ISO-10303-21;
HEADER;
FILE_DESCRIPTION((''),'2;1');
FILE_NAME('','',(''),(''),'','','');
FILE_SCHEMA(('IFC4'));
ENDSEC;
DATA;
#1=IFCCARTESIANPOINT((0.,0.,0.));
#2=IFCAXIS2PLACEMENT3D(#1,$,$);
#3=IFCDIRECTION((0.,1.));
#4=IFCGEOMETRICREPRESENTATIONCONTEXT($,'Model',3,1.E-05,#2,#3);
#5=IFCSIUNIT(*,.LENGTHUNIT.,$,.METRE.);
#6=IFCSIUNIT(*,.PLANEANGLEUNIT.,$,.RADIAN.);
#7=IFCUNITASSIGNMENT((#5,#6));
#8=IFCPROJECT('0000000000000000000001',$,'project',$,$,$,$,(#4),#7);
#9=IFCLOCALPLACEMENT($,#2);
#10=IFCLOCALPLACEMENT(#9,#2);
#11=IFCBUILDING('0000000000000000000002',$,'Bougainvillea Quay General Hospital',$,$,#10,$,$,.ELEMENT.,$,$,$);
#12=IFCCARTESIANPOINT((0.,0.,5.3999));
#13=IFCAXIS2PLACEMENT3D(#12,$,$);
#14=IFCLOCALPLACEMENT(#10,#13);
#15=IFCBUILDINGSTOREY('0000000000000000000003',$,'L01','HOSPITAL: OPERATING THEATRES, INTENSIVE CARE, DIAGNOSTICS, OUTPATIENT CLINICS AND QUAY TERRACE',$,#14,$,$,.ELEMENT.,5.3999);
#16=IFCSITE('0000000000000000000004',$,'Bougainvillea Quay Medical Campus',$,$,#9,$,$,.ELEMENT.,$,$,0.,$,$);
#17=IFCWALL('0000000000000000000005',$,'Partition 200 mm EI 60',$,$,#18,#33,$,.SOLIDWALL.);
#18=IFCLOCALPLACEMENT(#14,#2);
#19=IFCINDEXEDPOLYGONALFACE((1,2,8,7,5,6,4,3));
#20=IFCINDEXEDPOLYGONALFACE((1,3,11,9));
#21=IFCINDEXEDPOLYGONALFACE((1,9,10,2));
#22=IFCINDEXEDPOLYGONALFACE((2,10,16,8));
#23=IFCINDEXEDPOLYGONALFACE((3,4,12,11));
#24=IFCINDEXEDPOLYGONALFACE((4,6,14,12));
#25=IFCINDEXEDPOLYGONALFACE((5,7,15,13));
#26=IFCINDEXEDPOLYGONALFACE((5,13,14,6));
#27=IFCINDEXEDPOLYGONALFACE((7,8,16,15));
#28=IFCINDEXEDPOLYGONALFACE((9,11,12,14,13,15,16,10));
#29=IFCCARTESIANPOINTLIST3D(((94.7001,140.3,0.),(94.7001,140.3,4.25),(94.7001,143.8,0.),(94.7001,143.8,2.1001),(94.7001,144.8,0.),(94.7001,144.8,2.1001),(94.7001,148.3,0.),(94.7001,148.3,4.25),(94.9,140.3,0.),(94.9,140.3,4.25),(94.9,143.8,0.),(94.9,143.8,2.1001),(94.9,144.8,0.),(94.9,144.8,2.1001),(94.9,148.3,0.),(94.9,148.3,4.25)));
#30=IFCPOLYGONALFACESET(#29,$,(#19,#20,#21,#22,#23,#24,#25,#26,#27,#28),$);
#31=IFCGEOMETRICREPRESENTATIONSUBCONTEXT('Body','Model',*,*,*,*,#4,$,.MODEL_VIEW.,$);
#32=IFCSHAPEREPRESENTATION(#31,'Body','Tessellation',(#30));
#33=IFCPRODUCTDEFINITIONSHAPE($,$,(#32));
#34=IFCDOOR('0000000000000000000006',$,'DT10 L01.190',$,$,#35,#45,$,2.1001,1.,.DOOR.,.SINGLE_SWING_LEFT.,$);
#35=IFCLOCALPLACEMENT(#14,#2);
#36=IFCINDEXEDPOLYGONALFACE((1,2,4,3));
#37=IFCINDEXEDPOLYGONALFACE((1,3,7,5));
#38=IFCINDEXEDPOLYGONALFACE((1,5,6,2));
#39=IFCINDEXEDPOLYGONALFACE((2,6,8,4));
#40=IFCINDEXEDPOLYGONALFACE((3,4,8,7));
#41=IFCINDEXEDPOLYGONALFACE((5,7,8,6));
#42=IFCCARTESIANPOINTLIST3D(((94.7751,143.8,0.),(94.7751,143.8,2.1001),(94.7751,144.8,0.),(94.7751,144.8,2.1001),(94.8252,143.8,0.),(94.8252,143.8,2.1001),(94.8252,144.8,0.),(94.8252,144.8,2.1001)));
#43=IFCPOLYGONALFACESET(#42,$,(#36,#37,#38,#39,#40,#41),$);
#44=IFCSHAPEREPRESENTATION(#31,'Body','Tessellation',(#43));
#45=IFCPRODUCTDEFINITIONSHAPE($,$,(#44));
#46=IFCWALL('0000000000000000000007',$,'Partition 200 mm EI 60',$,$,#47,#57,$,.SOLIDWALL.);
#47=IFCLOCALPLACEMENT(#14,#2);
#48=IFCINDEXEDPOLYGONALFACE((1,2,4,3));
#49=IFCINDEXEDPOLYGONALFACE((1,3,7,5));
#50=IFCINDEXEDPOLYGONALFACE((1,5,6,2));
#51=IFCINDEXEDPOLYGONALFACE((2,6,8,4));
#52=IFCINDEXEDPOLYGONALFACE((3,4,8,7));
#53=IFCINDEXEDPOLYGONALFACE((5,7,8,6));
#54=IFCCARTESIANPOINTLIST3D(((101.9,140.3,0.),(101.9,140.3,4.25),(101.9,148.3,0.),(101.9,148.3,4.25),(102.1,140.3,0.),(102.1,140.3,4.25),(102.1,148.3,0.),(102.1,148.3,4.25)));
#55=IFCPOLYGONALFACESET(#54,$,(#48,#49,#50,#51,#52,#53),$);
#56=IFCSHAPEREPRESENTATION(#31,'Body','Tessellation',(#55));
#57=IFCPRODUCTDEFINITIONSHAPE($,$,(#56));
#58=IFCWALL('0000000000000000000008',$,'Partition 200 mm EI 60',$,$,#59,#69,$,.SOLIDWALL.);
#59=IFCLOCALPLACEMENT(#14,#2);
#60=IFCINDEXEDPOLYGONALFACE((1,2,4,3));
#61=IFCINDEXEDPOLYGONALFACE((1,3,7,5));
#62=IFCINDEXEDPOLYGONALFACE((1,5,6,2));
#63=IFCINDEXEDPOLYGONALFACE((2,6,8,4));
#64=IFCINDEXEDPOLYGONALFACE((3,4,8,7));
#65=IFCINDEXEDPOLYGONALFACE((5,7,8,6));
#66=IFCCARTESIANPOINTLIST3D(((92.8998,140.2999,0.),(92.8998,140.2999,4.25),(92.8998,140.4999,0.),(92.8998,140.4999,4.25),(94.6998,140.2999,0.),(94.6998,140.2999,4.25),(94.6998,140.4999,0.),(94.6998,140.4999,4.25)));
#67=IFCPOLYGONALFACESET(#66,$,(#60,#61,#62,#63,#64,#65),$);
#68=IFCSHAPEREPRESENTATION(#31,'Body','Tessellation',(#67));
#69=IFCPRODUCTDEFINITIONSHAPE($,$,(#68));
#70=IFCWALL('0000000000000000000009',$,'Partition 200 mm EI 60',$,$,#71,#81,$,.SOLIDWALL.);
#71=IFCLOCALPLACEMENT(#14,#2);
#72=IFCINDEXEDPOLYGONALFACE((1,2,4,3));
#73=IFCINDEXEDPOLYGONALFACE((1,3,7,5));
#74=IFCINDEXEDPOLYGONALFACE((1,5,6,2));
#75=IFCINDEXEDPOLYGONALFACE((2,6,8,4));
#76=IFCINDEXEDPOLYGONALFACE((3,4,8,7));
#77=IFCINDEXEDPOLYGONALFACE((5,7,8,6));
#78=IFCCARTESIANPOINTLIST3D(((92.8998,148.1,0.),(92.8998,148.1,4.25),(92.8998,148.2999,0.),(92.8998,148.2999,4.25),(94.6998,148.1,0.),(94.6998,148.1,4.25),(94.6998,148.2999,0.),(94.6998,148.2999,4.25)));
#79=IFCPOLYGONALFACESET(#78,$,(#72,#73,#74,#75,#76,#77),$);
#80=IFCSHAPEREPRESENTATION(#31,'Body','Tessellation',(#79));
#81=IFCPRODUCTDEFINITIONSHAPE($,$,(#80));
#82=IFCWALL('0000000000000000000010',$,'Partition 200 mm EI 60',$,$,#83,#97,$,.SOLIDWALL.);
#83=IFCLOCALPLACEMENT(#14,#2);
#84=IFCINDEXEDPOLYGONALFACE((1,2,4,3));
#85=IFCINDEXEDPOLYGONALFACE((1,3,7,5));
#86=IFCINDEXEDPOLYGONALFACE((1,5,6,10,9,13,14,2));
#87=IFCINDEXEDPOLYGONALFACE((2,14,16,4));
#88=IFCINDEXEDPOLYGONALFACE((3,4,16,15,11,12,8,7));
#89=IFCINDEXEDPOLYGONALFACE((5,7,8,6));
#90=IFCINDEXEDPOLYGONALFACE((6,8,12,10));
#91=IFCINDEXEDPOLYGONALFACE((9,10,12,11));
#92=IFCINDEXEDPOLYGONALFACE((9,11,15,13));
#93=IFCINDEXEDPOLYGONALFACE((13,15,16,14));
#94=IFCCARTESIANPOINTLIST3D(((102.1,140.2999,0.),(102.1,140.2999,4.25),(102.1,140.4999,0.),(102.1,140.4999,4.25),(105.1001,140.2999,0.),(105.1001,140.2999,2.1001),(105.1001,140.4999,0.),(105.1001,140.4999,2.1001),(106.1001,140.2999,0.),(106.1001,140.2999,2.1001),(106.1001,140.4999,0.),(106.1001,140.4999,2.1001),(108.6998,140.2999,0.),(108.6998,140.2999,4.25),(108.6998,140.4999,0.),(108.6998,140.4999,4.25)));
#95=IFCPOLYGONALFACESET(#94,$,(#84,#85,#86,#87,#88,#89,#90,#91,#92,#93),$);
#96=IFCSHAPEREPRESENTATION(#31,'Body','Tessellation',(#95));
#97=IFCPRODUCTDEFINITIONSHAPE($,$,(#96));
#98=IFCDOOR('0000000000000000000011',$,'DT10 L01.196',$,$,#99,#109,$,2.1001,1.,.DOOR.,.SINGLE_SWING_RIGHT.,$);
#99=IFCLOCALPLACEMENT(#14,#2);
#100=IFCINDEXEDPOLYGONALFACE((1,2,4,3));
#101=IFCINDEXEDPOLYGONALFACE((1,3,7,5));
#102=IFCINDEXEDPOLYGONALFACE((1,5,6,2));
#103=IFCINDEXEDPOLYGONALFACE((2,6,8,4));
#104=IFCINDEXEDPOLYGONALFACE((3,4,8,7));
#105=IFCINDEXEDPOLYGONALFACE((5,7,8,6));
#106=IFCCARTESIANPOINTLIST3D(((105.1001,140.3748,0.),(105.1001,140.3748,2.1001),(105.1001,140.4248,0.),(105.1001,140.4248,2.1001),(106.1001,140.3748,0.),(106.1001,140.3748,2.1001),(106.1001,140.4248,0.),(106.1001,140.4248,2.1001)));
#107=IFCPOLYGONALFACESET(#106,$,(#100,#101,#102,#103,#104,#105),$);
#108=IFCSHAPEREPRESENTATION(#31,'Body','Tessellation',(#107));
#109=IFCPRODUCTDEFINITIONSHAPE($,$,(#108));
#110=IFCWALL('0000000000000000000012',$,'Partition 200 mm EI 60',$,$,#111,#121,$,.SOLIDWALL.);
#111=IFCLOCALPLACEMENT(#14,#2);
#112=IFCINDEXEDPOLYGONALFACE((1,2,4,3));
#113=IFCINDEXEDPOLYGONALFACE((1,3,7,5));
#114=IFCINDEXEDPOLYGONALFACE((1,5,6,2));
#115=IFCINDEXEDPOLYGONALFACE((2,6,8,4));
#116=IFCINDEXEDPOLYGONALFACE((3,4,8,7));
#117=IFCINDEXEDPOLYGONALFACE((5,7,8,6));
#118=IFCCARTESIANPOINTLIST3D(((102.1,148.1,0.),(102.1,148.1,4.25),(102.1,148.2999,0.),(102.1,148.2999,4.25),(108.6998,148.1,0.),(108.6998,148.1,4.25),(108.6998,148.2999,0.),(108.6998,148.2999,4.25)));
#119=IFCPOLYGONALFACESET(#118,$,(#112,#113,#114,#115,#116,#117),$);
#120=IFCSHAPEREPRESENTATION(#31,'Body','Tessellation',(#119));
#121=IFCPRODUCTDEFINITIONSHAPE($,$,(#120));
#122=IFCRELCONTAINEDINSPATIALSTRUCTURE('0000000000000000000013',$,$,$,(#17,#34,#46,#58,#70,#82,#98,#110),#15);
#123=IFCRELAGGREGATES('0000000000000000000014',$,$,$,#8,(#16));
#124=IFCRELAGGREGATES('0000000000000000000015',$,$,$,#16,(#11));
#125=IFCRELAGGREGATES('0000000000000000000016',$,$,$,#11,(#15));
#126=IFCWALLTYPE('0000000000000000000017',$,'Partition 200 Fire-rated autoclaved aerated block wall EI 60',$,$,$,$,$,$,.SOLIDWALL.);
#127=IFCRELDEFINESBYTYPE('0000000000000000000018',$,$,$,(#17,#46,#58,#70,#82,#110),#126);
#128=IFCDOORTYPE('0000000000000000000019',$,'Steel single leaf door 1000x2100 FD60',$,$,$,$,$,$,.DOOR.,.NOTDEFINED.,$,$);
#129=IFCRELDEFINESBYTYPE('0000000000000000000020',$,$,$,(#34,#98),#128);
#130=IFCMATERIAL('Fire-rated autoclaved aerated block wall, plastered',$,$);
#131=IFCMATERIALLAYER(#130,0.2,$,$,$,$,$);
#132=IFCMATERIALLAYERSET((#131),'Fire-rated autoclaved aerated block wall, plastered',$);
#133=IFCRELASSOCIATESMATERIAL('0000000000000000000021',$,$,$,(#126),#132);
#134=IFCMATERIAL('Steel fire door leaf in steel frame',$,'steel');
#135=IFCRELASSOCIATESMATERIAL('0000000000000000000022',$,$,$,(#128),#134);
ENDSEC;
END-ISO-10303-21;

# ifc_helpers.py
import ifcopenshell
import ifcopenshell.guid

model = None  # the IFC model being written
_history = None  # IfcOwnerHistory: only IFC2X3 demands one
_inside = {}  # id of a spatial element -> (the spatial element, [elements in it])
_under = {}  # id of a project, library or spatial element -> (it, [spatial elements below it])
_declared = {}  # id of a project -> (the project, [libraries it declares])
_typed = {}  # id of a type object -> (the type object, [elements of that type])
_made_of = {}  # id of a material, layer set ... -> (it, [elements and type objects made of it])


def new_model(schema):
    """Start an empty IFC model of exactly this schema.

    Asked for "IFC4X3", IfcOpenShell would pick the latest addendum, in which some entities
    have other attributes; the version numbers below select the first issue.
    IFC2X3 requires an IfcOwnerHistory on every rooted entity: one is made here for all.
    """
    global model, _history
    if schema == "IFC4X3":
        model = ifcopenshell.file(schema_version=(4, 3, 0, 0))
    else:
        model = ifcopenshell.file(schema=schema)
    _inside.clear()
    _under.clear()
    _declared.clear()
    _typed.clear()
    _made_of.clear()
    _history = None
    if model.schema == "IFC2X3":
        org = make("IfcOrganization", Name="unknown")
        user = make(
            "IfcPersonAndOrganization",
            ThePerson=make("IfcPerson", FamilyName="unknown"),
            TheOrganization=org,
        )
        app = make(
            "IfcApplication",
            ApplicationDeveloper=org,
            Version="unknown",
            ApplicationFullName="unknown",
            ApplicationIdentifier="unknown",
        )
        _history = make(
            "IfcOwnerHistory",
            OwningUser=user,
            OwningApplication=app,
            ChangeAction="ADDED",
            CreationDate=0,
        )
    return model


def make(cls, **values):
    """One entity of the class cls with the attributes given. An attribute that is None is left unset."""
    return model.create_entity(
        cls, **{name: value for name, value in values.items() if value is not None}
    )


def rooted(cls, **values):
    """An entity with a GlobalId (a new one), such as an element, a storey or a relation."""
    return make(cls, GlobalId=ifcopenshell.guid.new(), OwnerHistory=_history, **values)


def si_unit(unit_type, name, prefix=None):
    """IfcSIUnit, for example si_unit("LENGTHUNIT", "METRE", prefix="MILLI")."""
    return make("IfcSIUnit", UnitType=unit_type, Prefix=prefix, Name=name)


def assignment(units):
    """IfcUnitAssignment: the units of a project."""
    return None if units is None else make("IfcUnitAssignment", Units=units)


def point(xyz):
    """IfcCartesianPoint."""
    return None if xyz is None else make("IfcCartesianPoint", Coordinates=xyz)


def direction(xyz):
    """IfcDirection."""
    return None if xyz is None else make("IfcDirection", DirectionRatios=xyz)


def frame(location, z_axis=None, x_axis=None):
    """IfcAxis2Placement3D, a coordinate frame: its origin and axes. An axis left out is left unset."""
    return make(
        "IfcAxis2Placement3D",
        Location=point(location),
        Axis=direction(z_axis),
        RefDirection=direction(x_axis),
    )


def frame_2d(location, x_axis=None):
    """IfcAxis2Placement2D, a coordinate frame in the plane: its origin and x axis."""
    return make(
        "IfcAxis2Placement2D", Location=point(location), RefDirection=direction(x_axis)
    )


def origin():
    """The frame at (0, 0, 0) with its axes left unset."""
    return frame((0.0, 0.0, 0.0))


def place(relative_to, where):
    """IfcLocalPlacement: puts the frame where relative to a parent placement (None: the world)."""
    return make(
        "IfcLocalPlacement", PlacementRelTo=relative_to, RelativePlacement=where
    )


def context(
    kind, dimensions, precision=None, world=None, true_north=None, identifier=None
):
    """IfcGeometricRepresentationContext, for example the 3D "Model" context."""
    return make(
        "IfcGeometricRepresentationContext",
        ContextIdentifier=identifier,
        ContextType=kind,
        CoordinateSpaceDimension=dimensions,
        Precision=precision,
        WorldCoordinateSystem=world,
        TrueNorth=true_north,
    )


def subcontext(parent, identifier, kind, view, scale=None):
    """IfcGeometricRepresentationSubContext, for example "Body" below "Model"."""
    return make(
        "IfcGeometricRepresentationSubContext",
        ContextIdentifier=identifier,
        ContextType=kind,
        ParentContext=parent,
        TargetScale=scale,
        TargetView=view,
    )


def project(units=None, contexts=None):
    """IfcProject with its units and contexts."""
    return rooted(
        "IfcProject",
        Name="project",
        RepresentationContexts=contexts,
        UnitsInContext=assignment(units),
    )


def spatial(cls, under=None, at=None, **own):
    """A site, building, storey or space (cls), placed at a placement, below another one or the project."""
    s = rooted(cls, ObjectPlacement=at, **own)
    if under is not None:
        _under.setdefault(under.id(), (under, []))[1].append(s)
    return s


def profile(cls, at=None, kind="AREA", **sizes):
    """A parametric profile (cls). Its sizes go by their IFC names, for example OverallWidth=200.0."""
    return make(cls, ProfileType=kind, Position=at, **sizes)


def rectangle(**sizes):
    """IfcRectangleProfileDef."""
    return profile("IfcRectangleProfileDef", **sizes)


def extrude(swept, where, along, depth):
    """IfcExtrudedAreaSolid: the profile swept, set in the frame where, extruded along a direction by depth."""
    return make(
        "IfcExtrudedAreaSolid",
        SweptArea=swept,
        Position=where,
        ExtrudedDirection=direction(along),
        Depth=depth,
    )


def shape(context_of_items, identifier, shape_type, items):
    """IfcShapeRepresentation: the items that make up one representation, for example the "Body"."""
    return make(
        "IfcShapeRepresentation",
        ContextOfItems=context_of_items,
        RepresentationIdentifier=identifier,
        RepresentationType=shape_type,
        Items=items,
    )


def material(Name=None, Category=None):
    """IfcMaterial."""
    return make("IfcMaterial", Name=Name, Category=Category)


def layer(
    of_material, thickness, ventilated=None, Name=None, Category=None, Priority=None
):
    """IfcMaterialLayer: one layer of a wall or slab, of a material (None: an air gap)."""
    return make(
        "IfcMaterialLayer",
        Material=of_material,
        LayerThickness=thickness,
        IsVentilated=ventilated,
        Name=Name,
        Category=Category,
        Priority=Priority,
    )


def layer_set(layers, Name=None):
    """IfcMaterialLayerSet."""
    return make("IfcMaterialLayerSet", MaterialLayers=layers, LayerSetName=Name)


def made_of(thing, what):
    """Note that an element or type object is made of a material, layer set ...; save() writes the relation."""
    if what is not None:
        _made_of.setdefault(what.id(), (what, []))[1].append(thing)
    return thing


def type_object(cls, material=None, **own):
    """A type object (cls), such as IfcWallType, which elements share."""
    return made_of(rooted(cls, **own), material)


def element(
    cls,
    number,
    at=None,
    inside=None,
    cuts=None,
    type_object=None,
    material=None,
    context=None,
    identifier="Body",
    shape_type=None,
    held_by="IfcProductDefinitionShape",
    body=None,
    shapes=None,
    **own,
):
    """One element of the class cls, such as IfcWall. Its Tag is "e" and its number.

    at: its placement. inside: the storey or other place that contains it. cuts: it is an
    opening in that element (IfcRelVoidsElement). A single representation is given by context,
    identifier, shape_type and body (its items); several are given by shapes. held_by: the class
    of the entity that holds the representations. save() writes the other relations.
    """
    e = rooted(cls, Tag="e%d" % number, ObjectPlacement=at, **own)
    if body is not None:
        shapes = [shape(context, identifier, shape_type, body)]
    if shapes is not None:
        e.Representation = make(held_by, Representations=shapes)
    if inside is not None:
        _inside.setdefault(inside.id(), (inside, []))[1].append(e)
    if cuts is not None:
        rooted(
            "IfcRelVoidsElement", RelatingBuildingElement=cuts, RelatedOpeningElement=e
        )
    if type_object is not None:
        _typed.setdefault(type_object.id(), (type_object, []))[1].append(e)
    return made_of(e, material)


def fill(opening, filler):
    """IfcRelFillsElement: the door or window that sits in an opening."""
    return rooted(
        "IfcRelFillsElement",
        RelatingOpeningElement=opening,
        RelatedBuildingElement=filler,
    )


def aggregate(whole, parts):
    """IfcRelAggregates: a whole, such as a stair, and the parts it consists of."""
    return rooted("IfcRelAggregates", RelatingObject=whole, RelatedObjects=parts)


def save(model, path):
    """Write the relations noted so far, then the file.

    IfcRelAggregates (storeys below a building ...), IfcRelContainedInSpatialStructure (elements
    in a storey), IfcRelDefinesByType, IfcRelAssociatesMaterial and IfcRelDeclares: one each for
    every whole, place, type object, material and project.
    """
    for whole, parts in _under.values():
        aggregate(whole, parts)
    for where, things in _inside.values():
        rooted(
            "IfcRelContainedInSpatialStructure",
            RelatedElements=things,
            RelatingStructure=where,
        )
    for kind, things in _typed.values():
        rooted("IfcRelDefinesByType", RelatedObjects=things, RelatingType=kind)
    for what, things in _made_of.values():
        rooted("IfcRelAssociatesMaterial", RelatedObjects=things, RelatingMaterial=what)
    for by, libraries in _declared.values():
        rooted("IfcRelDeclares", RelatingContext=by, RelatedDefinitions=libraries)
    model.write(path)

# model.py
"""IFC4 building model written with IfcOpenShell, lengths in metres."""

from ifc_helpers import new_model, si_unit, direction, frame, frame_2d, origin, place, context, subcontext, project, spatial, rectangle, extrude, material, layer, layer_set, type_object, element, fill, save


model = new_model("IFC4")

# Units and contexts
model_context = context("Model", 3, precision=1e-05, world=origin(), true_north=direction((0.0, 1.0)))
body_context = subcontext(model_context, "Body", "Model", "MODEL_VIEW")
ifc_project = project(units=[si_unit("LENGTHUNIT", "METRE"), si_unit("PLANEANGLEUNIT", "RADIAN")], contexts=[model_context])

# Site, building, storey
site_placement = place(None, origin())
site = spatial("IfcSite", under=ifc_project, at=site_placement, Name="Bougainvillea Quay Medical Campus", CompositionType="ELEMENT", RefElevation=0.0)
building_placement = place(site_placement, origin())
building = spatial("IfcBuilding", under=site, at=building_placement, Name="Bougainvillea Quay General Hospital", CompositionType="ELEMENT")
storey_placement = place(building_placement, frame((0.0, 0.0, 5.3999)))
storey = spatial("IfcBuildingStorey", under=building, at=storey_placement, Name="L01", Description="HOSPITAL: OPERATING THEATRES, INTENSIVE CARE, DIAGNOSTICS, OUTPATIENT CLINICS AND QUAY TERRACE", CompositionType="ELEMENT", Elevation=5.3999)

# Wall, opening, door
ifc_material_1 = material(Name="Fire-rated autoclaved aerated block wall, plastered")
ifc_layer_1 = layer(ifc_material_1, 0.2)
ifc_layer_set_1 = layer_set([ifc_layer_1], Name="Fire-rated autoclaved aerated block wall, plastered")
wall_type_1 = type_object("IfcWallType", Name="Partition 200 Fire-rated autoclaved aerated block wall EI 60", PredefinedType="SOLIDWALL", material=ifc_layer_set_1)
wall_1_placement = place(storey_placement, frame((94.8, 140.3, 0.0), z_axis=(0.0, 0.0, 1.0), x_axis=(0.0, 1.0, 0.0)))
wall_1 = element("IfcWall", 1, at=wall_1_placement, inside=storey, type_object=wall_type_1, Name="Partition 200 mm EI 60", PredefinedType="SOLIDWALL", context=body_context, shape_type="SweptSolid", body=[
    extrude(rectangle(XDim=8.0, YDim=0.2, at=frame_2d((4.0, 0.0))), origin(), (0.0, 0.0, 1.0), 4.25),
])
opening_1_placement = place(wall_1_placement, frame((3.5, 0.0, 0.0)))
opening_1 = element("IfcOpeningElement", 2, at=opening_1_placement, cuts=wall_1, PredefinedType="OPENING", context=body_context, shape_type="SweptSolid", body=[
    extrude(rectangle(XDim=1.0, YDim=2.1001, at=frame_2d((0.5, 1.05))), frame((0.0, 0.1099, 0.0), z_axis=(0.0, -1.0, 0.0), x_axis=(1.0, 0.0, 0.0)), (0.0, 0.0, 1.0), 0.22),
])
ifc_material_2 = material(Name="Steel fire door leaf in steel frame", Category="steel")
door_type_1 = type_object("IfcDoorType", Name="Steel single leaf door 1000x2100 FD60", OperationType="NOTDEFINED", PredefinedType="DOOR", material=ifc_material_2)
door_1_placement = place(opening_1_placement, origin())
door_1 = element("IfcDoor", 3, at=door_1_placement, inside=storey, type_object=door_type_1, Name="DT10 L01.190", OperationType="SINGLE_SWING_LEFT", OverallHeight=2.1001, OverallWidth=1.0, PredefinedType="DOOR", context=body_context, shape_type="SweptSolid", body=[
    extrude(rectangle(XDim=1.0, YDim=2.1001, at=frame_2d((0.5, 1.05))), frame((0.0, 0.0249, 0.0), z_axis=(0.0, -1.0, 0.0), x_axis=(1.0, 0.0, 0.0)), (0.0, 0.0, 1.0), 0.05),
])
fill(opening_1, door_1)

# Walls
wall_2_placement = place(storey_placement, frame((102.0, 140.3, 0.0), z_axis=(0.0, 0.0, 1.0), x_axis=(0.0, 1.0, 0.0)))
element("IfcWall", 4, at=wall_2_placement, inside=storey, type_object=wall_type_1, Name="Partition 200 mm EI 60", PredefinedType="SOLIDWALL", context=body_context, shape_type="SweptSolid", body=[
    extrude(rectangle(XDim=8.0, YDim=0.2, at=frame_2d((4.0, 0.0))), origin(), (0.0, 0.0, 1.0), 4.25),
])
for number, where, z_axis, x_axis, name in (
    (5, (92.8999, 140.3999, 0.0), (0.0, 0.0, 1.0), (1.0, 0.0, 0.0), "Partition 200 mm EI 60"),
    (6, (92.8999, 148.2, 0.0), (0.0, 0.0, 1.0), (1.0, 0.0, 0.0), "Partition 200 mm EI 60"),
):
    element("IfcWall", number, at=place(storey_placement, frame(where, z_axis=z_axis, x_axis=x_axis)), inside=storey, type_object=wall_type_1, Name=name, PredefinedType="SOLIDWALL", context=body_context, shape_type="SweptSolid", body=[
        extrude(rectangle(XDim=1.8, YDim=0.2, at=frame_2d((0.8999, 0.0))), origin(), (0.0, 0.0, 1.0), 4.25),
    ])

# Wall, opening, door
wall_3_placement = place(storey_placement, frame((102.1001, 140.3999, 0.0), z_axis=(0.0, 0.0, 1.0), x_axis=(1.0, 0.0, 0.0)))
wall_3 = element("IfcWall", 7, at=wall_3_placement, inside=storey, type_object=wall_type_1, Name="Partition 200 mm EI 60", PredefinedType="SOLIDWALL", context=body_context, shape_type="SweptSolid", body=[
    extrude(rectangle(XDim=6.5999, YDim=0.2, at=frame_2d((3.2998, 0.0))), origin(), (0.0, 0.0, 1.0), 4.25),
])
opening_2_placement = place(wall_3_placement, frame((3.0, 0.0, 0.0)))
opening_2 = element("IfcOpeningElement", 8, at=opening_2_placement, cuts=wall_3, PredefinedType="OPENING", context=body_context, shape_type="SweptSolid", body=[
    extrude(rectangle(XDim=1.0, YDim=2.1001, at=frame_2d((0.5, 1.05))), frame((0.0, 0.1099, 0.0), z_axis=(0.0, -1.0, 0.0), x_axis=(1.0, 0.0, 0.0)), (0.0, 0.0, 1.0), 0.22),
])
door_2_placement = place(opening_2_placement, origin())
door_2 = element("IfcDoor", 9, at=door_2_placement, inside=storey, type_object=door_type_1, Name="DT10 L01.196", OperationType="SINGLE_SWING_RIGHT", OverallHeight=2.1001, OverallWidth=1.0, PredefinedType="DOOR", context=body_context, shape_type="SweptSolid", body=[
    extrude(rectangle(XDim=1.0, YDim=2.1001, at=frame_2d((0.5, 1.05))), frame((0.0, 0.0249, 0.0), z_axis=(0.0, -1.0, 0.0), x_axis=(1.0, 0.0, 0.0)), (0.0, 0.0, 1.0), 0.05),
])
fill(opening_2, door_2)

# Wall
wall_4_placement = place(storey_placement, frame((102.1001, 148.2, 0.0), z_axis=(0.0, 0.0, 1.0), x_axis=(1.0, 0.0, 0.0)))
element("IfcWall", 10, at=wall_4_placement, inside=storey, type_object=wall_type_1, Name="Partition 200 mm EI 60", PredefinedType="SOLIDWALL", context=body_context, shape_type="SweptSolid", body=[
    extrude(rectangle(XDim=6.5999, YDim=0.2, at=frame_2d((3.2998, 0.0))), origin(), (0.0, 0.0, 1.0), 4.25),
])

save(model, "model.ifc")
